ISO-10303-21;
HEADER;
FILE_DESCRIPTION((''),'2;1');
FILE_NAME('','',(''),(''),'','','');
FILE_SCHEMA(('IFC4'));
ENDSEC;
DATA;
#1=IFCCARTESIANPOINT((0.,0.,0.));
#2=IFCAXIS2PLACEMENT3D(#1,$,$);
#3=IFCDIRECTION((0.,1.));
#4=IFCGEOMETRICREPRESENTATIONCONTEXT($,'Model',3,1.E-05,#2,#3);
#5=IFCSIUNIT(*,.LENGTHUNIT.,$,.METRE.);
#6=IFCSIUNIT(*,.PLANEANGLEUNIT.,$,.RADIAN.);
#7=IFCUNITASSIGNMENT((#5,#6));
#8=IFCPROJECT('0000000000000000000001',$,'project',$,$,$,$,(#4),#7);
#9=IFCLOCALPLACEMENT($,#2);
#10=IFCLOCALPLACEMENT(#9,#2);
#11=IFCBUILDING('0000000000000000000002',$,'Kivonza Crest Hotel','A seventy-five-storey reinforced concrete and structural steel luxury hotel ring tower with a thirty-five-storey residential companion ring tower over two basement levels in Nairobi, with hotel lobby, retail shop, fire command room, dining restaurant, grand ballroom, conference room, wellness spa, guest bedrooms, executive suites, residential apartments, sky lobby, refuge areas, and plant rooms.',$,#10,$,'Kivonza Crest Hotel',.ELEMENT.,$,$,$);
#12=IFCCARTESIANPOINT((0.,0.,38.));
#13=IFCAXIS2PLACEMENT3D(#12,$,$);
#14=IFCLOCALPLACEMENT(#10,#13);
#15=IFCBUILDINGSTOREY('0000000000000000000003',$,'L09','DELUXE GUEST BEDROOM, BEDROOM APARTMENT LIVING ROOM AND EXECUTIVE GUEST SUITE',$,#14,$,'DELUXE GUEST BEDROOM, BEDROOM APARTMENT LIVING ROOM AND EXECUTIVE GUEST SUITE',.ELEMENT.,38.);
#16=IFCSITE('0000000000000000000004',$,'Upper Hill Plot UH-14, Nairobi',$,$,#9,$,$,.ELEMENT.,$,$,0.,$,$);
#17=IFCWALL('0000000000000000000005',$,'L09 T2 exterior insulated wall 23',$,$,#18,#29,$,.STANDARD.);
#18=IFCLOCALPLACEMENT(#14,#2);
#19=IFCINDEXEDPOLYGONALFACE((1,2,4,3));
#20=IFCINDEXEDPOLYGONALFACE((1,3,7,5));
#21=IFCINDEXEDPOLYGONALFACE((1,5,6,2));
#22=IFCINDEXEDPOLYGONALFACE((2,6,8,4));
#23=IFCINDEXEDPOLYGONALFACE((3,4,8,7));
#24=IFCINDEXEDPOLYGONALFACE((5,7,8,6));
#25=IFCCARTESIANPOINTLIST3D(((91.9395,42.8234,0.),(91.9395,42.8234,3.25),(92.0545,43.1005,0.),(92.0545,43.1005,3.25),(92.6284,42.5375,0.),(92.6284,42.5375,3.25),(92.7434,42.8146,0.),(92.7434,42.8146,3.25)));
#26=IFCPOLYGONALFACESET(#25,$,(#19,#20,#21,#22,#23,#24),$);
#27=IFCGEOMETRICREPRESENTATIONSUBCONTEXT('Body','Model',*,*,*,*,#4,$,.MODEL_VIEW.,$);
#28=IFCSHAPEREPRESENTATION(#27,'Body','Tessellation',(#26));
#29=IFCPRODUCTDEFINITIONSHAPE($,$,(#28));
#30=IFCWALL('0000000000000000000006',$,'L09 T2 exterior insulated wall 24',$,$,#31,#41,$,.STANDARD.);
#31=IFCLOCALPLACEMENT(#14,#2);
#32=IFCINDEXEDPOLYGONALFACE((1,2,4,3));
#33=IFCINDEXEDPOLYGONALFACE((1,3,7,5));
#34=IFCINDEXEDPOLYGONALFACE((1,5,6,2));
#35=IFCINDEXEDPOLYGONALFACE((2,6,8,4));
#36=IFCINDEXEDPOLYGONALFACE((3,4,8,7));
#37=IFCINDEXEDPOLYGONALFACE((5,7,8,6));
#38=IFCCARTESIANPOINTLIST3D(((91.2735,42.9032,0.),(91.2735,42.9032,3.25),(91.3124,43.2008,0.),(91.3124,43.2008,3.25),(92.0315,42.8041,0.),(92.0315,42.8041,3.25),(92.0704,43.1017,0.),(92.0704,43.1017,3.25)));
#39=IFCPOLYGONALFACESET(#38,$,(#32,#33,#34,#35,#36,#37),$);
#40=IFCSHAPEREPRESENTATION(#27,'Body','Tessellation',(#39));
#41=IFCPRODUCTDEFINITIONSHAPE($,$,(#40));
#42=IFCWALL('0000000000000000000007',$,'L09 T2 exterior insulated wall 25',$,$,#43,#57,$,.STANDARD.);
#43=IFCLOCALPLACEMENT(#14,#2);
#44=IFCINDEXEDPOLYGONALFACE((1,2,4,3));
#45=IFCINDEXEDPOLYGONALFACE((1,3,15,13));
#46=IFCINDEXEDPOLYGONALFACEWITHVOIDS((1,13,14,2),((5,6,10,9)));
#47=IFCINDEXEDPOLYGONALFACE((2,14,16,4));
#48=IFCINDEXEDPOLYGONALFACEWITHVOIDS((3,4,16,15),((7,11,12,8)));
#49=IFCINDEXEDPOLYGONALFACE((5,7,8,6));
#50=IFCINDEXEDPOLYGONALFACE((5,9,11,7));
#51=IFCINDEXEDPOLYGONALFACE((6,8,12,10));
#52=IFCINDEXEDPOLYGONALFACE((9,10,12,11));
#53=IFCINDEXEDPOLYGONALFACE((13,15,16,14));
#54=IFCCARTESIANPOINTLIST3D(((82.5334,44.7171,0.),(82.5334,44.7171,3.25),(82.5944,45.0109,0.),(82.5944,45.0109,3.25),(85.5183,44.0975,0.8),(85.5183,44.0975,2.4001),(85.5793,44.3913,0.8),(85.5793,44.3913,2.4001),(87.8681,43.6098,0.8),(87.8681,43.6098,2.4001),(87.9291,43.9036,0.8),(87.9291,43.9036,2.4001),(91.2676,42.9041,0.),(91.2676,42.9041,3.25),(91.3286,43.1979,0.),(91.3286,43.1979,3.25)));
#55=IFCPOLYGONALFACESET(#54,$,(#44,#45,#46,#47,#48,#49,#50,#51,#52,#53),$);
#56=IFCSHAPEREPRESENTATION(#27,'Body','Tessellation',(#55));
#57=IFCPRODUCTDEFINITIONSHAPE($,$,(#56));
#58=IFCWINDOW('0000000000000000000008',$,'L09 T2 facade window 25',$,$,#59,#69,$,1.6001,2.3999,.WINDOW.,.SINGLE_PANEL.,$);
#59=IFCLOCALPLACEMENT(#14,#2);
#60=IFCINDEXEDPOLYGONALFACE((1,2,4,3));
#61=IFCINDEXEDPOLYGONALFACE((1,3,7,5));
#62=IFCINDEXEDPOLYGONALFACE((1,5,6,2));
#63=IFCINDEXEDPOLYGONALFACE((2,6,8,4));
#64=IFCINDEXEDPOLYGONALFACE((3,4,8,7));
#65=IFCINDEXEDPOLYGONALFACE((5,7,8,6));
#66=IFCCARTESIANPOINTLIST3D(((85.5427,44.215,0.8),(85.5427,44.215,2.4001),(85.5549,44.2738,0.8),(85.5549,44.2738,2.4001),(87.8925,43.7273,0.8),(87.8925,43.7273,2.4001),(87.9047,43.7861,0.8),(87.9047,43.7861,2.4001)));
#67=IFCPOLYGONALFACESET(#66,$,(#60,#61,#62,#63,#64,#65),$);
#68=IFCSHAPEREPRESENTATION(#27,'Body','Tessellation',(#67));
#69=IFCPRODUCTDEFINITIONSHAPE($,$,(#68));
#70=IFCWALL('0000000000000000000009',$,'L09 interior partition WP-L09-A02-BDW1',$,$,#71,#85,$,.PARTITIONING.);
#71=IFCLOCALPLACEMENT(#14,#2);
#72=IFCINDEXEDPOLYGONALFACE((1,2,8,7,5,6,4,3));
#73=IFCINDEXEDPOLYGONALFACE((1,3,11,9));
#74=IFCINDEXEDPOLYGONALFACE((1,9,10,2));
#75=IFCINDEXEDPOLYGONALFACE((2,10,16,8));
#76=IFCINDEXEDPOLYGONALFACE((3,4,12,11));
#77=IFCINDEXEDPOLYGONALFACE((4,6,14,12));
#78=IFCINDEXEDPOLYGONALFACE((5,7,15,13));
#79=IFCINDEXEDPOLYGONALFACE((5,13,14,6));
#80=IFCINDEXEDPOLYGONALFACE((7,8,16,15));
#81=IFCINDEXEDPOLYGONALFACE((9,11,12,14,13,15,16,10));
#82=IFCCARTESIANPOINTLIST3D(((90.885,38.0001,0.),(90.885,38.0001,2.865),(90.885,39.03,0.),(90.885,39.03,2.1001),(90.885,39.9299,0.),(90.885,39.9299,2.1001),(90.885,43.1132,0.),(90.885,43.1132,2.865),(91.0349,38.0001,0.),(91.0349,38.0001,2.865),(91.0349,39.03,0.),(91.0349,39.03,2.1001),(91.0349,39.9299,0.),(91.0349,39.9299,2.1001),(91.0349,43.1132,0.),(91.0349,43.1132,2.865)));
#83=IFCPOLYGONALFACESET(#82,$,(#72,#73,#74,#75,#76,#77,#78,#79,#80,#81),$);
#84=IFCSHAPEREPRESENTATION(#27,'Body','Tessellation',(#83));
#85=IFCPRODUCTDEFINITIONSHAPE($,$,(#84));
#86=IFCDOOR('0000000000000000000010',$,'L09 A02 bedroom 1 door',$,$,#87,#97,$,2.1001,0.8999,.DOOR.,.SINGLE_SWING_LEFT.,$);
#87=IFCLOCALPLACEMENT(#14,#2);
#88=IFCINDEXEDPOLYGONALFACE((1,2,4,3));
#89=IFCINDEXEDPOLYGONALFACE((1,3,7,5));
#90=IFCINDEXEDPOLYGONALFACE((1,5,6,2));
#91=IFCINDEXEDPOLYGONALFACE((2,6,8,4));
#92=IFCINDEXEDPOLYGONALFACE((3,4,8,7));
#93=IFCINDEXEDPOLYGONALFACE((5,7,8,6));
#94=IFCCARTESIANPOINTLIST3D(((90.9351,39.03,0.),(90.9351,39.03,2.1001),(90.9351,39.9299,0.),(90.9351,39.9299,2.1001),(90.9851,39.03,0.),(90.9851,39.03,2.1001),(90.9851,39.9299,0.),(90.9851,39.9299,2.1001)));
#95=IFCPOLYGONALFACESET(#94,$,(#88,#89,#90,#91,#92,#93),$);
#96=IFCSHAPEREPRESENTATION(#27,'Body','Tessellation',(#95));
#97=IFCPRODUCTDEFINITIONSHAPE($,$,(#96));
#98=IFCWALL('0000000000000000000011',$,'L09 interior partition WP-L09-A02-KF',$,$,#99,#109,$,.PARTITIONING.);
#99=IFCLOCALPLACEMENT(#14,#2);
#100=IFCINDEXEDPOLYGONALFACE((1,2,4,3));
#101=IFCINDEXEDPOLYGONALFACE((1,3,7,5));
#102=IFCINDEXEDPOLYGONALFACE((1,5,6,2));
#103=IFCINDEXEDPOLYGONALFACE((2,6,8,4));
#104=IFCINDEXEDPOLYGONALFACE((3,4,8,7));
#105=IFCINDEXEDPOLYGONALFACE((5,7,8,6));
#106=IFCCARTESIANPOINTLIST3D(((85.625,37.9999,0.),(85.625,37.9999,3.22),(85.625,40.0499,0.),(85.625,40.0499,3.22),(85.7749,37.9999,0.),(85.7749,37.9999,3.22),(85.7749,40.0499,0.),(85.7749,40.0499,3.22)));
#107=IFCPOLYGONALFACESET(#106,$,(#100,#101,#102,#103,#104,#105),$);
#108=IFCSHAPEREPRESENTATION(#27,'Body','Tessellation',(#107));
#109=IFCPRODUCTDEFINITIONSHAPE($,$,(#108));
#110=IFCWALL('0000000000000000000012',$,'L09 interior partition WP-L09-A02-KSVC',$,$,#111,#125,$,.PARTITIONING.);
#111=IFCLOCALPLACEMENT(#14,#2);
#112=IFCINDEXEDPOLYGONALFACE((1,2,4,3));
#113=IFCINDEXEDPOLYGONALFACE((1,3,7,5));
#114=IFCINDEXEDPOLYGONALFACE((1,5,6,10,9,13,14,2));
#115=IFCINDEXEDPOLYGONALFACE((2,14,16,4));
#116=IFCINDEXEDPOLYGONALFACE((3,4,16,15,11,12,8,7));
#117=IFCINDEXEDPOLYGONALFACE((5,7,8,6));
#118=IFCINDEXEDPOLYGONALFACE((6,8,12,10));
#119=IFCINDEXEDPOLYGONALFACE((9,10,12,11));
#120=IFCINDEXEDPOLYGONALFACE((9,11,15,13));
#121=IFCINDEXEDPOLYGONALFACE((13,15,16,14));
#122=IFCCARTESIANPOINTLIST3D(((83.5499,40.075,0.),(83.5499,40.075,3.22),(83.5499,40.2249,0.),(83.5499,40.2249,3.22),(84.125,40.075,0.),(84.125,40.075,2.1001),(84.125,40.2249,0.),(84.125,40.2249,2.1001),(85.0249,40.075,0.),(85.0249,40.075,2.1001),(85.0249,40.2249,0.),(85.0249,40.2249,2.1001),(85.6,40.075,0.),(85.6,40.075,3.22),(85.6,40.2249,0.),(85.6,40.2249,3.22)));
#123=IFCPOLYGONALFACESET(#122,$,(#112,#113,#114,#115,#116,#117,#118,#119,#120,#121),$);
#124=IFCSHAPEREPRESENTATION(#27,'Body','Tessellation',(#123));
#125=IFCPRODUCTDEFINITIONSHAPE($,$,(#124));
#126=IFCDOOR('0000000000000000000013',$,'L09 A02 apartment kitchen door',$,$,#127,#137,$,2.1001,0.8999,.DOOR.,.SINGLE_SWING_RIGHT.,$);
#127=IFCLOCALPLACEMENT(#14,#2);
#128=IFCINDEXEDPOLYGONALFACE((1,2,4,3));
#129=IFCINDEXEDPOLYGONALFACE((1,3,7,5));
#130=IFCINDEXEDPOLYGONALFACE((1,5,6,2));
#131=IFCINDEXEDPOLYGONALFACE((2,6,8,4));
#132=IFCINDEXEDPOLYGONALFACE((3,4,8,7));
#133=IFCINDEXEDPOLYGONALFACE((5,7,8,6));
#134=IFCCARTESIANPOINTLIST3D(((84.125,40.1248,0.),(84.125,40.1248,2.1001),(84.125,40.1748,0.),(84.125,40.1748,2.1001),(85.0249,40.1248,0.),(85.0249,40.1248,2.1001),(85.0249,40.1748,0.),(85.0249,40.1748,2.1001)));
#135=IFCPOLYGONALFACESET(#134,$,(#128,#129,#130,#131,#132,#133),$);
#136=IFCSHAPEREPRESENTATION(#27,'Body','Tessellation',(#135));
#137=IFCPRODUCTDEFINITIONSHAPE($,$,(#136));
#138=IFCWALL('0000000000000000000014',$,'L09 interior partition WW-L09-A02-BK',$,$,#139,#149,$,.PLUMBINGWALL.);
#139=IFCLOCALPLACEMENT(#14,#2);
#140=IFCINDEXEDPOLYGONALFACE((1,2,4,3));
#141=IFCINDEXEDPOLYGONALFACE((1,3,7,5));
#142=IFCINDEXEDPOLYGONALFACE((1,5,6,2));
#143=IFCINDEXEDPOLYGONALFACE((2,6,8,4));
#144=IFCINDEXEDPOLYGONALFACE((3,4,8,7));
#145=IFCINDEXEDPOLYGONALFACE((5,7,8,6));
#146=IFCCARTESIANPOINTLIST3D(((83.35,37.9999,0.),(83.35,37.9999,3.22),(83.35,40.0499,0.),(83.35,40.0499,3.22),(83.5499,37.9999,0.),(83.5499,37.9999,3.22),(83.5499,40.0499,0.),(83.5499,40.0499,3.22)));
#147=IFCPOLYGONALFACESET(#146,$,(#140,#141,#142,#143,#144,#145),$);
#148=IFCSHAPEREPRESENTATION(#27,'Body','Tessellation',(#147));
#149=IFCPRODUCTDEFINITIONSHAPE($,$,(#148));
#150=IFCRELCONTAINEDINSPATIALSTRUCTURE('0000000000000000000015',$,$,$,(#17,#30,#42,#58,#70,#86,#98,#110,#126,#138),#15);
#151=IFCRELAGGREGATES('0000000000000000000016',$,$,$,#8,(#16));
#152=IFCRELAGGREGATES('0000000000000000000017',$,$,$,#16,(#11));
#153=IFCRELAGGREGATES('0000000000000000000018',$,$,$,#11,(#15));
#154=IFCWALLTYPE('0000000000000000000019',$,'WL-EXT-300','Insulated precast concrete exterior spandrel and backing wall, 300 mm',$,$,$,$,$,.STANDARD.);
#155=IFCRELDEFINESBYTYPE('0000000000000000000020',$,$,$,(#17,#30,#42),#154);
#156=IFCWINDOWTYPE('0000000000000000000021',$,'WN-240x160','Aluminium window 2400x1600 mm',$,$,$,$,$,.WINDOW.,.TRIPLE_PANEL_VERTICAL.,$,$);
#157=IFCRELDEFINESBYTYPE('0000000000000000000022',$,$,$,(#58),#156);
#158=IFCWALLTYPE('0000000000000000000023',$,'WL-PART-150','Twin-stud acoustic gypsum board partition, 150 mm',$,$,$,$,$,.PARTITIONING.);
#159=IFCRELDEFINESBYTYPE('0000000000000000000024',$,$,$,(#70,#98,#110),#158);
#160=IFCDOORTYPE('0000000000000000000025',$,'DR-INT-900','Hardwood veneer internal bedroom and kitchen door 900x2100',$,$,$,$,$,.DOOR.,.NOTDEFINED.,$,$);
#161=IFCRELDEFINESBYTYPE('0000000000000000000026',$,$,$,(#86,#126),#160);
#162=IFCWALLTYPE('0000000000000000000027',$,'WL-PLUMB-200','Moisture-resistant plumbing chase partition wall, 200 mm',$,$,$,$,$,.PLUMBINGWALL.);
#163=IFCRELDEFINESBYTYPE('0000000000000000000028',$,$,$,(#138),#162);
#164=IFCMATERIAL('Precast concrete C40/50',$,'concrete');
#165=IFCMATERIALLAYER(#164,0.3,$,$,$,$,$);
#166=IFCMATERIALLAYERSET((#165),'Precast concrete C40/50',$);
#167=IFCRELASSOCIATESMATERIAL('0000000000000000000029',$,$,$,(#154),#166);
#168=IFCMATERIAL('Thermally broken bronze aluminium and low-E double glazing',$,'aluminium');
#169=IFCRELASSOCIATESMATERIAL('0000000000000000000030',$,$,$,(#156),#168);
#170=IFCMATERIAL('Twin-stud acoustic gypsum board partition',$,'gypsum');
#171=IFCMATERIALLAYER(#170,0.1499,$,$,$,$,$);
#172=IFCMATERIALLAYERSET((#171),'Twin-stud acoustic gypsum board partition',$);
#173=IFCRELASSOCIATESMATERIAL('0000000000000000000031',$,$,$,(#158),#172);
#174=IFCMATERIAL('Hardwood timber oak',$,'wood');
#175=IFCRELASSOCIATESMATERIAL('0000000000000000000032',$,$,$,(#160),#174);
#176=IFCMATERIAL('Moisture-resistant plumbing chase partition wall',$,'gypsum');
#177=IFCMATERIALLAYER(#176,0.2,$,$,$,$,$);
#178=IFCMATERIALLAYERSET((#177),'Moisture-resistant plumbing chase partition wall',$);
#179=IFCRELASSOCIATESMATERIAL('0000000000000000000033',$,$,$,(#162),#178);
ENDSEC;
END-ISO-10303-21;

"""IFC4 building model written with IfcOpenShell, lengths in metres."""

from ifc_helpers import new_model, si_unit, direction, frame, frame_2d, origin, place, context, subcontext, project, spatial, rectangle, extrude, material, layer, layer_set, type_object, element, fill, save


model = new_model("IFC4")

# Units and contexts
model_context = context("Model", 3, precision=1e-05, world=origin(), true_north=direction((0.0, 1.0)))
body_context = subcontext(model_context, "Body", "Model", "MODEL_VIEW")
ifc_project = project(units=[si_unit("LENGTHUNIT", "METRE"), si_unit("PLANEANGLEUNIT", "RADIAN")], contexts=[model_context])

# Site, building, storey
site_placement = place(None, origin())
site = spatial("IfcSite", under=ifc_project, at=site_placement, Name="Upper Hill Plot UH-14, Nairobi", CompositionType="ELEMENT", RefElevation=0.0)
building_placement = place(site_placement, origin())
building = spatial("IfcBuilding", under=site, at=building_placement, Name="Kivonza Crest Hotel", Description="A seventy-five-storey reinforced concrete and structural steel luxury hotel ring tower with a thirty-five-storey residential companion ring tower over two basement levels in Nairobi, with hotel lobby, retail shop, fire command room, dining restaurant, grand ballroom, conference room, wellness spa, guest bedrooms, executive suites, residential apartments, sky lobby, refuge areas, and plant rooms.", LongName="Kivonza Crest Hotel", CompositionType="ELEMENT")
storey_placement = place(building_placement, frame((0.0, 0.0, 38.0)))
storey = spatial("IfcBuildingStorey", under=building, at=storey_placement, Name="L09", Description="DELUXE GUEST BEDROOM, BEDROOM APARTMENT LIVING ROOM AND EXECUTIVE GUEST SUITE", LongName="DELUXE GUEST BEDROOM, BEDROOM APARTMENT LIVING ROOM AND EXECUTIVE GUEST SUITE", CompositionType="ELEMENT", Elevation=38.0)

# Shared definitions
ifc_material_1 = material(Name="Hardwood timber oak", Category="wood")

# Walls
ifc_material_2 = material(Name="Precast concrete C40/50", Category="concrete")
ifc_layer_1 = layer(ifc_material_2, 0.3)
ifc_layer_set_1 = layer_set([ifc_layer_1], Name="Precast concrete C40/50")
wall_type_1 = type_object("IfcWallType", Name="WL-EXT-300", Description="Insulated precast concrete exterior spandrel and backing wall, 300 mm", PredefinedType="STANDARD", material=ifc_layer_set_1)
wall_1_placement = place(storey_placement, frame((92.686, 42.676, 0.0), z_axis=(0.0, 0.0, 1.0), x_axis=(-0.923638, 0.383267, 0.0)))
element("IfcWall", 1, at=wall_1_placement, inside=storey, type_object=wall_type_1, Name="L09 T2 exterior insulated wall 23", PredefinedType="STANDARD", context=body_context, shape_type="SweptSolid", body=[
    extrude(rectangle(XDim=0.7458, YDim=0.3, at=frame_2d((0.373, 0.0))), origin(), (0.0, 0.0, 1.0), 3.25),
])
wall_2_placement = place(storey_placement, frame((92.051, 42.9529, 0.0), z_axis=(0.0, 0.0, 1.0), x_axis=(-0.991559, 0.129653, 0.0)))
element("IfcWall", 2, at=wall_2_placement, inside=storey, type_object=wall_type_1, Name="L09 T2 exterior insulated wall 24", PredefinedType="STANDARD", context=body_context, shape_type="SweptSolid", body=[
    extrude(rectangle(XDim=0.7644, YDim=0.3, at=frame_2d((0.3823, 0.0))), origin(), (0.0, 0.0, 1.0), 3.25),
])

# Wall, opening, window
wall_3_placement = place(storey_placement, frame((91.2981, 43.051, 0.0), z_axis=(0.0, 0.0, 1.0), x_axis=(-0.979128, 0.203243, 0.0)))
wall_3 = element("IfcWall", 3, at=wall_3_placement, inside=storey, type_object=wall_type_1, Name="L09 T2 exterior insulated wall 25", PredefinedType="STANDARD", context=body_context, shape_type="SweptSolid", body=[
    extrude(rectangle(XDim=8.9204, YDim=0.3, at=frame_2d((4.4602, 0.0))), origin(), (0.0, 0.0, 1.0), 3.25),
])
opening_1_placement = place(wall_3_placement, frame((3.4719, 0.0, 0.8)))
opening_1 = element("IfcOpeningElement", 4, at=opening_1_placement, cuts=wall_3, PredefinedType="OPENING", context=body_context, shape_type="SweptSolid", body=[
    extrude(rectangle(XDim=2.3999, YDim=1.6001, at=frame_2d((1.2, 0.8))), frame((0.0, 0.1602, 0.0), z_axis=(0.0, -1.0, 0.0), x_axis=(1.0, 0.0, 0.0)), (0.0, 0.0, 1.0), 0.3201),
])
ifc_material_3 = material(Name="Thermally broken bronze aluminium and low-E double glazing", Category="aluminium")
window_type = type_object("IfcWindowType", Name="WN-240x160", Description="Aluminium window 2400x1600 mm", PartitioningType="TRIPLE_PANEL_VERTICAL", PredefinedType="WINDOW", material=ifc_material_3)
window_placement = place(opening_1_placement, origin())
window = element("IfcWindow", 5, at=window_placement, inside=storey, type_object=window_type, Name="L09 T2 facade window 25", OverallHeight=1.6001, OverallWidth=2.3999, PartitioningType="SINGLE_PANEL", PredefinedType="WINDOW", context=body_context, shape_type="SweptSolid", body=[
    extrude(rectangle(XDim=2.3999, YDim=1.6001, at=frame_2d((1.2, 0.8))), frame((0.0, 0.03, 0.0), z_axis=(0.0, -1.0, 0.0), x_axis=(1.0, 0.0, 0.0)), (0.0, 0.0, 1.0), 0.0601),
])
fill(opening_1, window)

# Wall, opening, door
ifc_material_4 = material(Name="Twin-stud acoustic gypsum board partition", Category="gypsum")
ifc_layer_2 = layer(ifc_material_4, 0.1499)
ifc_layer_set_2 = layer_set([ifc_layer_2], Name="Twin-stud acoustic gypsum board partition")
wall_type_2 = type_object("IfcWallType", Name="WL-PART-150", Description="Twin-stud acoustic gypsum board partition, 150 mm", PredefinedType="PARTITIONING", material=ifc_layer_set_2)
wall_4_placement = place(storey_placement, frame((90.96, 38.0, 0.0), z_axis=(0.0, 0.0, 1.0), x_axis=(0.0, 1.0, 0.0)))
wall_4 = element("IfcWall", 6, at=wall_4_placement, inside=storey, type_object=wall_type_2, Name="L09 interior partition WP-L09-A02-BDW1", PredefinedType="PARTITIONING", context=body_context, shape_type="SweptSolid", body=[
    extrude(rectangle(XDim=5.113, YDim=0.1499, at=frame_2d((2.5566, 0.0))), origin(), (0.0, 0.0, 1.0), 2.865),
])
opening_2_placement = place(wall_4_placement, frame((1.03, 0.0, 0.0)))
opening_2 = element("IfcOpeningElement", 7, at=opening_2_placement, cuts=wall_4, PredefinedType="OPENING", context=body_context, shape_type="SweptSolid", body=[
    extrude(rectangle(XDim=0.8999, YDim=2.1001, at=frame_2d((0.45, 1.05))), frame((0.0, 0.085, 0.0), z_axis=(0.0, -1.0, 0.0), x_axis=(1.0, 0.0, 0.0)), (0.0, 0.0, 1.0), 0.1699),
])
door_type_1 = type_object("IfcDoorType", Name="DR-INT-900", Description="Hardwood veneer internal bedroom and kitchen door 900x2100", OperationType="NOTDEFINED", PredefinedType="DOOR", material=ifc_material_1)
door_1_placement = place(opening_2_placement, origin())
door_1 = element("IfcDoor", 8, at=door_1_placement, inside=storey, type_object=door_type_1, Name="L09 A02 bedroom 1 door", OperationType="SINGLE_SWING_LEFT", OverallHeight=2.1001, OverallWidth=0.8999, PredefinedType="DOOR", context=body_context, shape_type="SweptSolid", body=[
    extrude(rectangle(XDim=0.8999, YDim=2.1001, at=frame_2d((0.45, 1.05))), frame((0.0, 0.0249, 0.0), z_axis=(0.0, -1.0, 0.0), x_axis=(1.0, 0.0, 0.0)), (0.0, 0.0, 1.0), 0.05),
])
fill(opening_2, door_1)

# Wall
wall_5_placement = place(storey_placement, frame((85.7, 38.0, 0.0), z_axis=(0.0, 0.0, 1.0), x_axis=(0.0, 1.0, 0.0)))
element("IfcWall", 9, at=wall_5_placement, inside=storey, type_object=wall_type_2, Name="L09 interior partition WP-L09-A02-KF", PredefinedType="PARTITIONING", context=body_context, shape_type="SweptSolid", body=[
    extrude(rectangle(XDim=2.05, YDim=0.1499, at=frame_2d((1.0249, 0.0))), origin(), (0.0, 0.0, 1.0), 3.22),
])

# Wall, opening, door
wall_6_placement = place(storey_placement, frame((83.55, 40.1499, 0.0), z_axis=(0.0, 0.0, 1.0), x_axis=(1.0, 0.0, 0.0)))
wall_6 = element("IfcWall", 10, at=wall_6_placement, inside=storey, type_object=wall_type_2, Name="L09 interior partition WP-L09-A02-KSVC", PredefinedType="PARTITIONING", context=body_context, shape_type="SweptSolid", body=[
    extrude(rectangle(XDim=2.05, YDim=0.1499, at=frame_2d((1.0249, 0.0))), origin(), (0.0, 0.0, 1.0), 3.22),
])
opening_3_placement = place(wall_6_placement, frame((0.575, 0.0, 0.0)))
opening_3 = element("IfcOpeningElement", 11, at=opening_3_placement, cuts=wall_6, PredefinedType="OPENING", context=body_context, shape_type="SweptSolid", body=[
    extrude(rectangle(XDim=0.8999, YDim=2.1001, at=frame_2d((0.45, 1.05))), frame((0.0, 0.085, 0.0), z_axis=(0.0, -1.0, 0.0), x_axis=(1.0, 0.0, 0.0)), (0.0, 0.0, 1.0), 0.1699),
])
door_2_placement = place(opening_3_placement, origin())
door_2 = element("IfcDoor", 12, at=door_2_placement, inside=storey, type_object=door_type_1, Name="L09 A02 apartment kitchen door", OperationType="SINGLE_SWING_RIGHT", OverallHeight=2.1001, OverallWidth=0.8999, PredefinedType="DOOR", context=body_context, shape_type="SweptSolid", body=[
    extrude(rectangle(XDim=0.8999, YDim=2.1001, at=frame_2d((0.45, 1.05))), frame((0.0, 0.0249, 0.0), z_axis=(0.0, -1.0, 0.0), x_axis=(1.0, 0.0, 0.0)), (0.0, 0.0, 1.0), 0.05),
])
fill(opening_3, door_2)

# Wall
ifc_material_5 = material(Name="Moisture-resistant plumbing chase partition wall", Category="gypsum")
ifc_layer_3 = layer(ifc_material_5, 0.2)
ifc_layer_set_3 = layer_set([ifc_layer_3], Name="Moisture-resistant plumbing chase partition wall")
wall_type_3 = type_object("IfcWallType", Name="WL-PLUMB-200", Description="Moisture-resistant plumbing chase partition wall, 200 mm", PredefinedType="PLUMBINGWALL", material=ifc_layer_set_3)
wall_7_placement = place(storey_placement, frame((83.45, 38.0, 0.0), z_axis=(0.0, 0.0, 1.0), x_axis=(0.0, 1.0, 0.0)))
element("IfcWall", 13, at=wall_7_placement, inside=storey, type_object=wall_type_3, Name="L09 interior partition WW-L09-A02-BK", PredefinedType="PLUMBINGWALL", context=body_context, shape_type="SweptSolid", body=[
    extrude(rectangle(XDim=2.05, YDim=0.2, at=frame_2d((1.0249, 0.0))), origin(), (0.0, 0.0, 1.0), 3.22),
])

save(model, "model.ifc")
